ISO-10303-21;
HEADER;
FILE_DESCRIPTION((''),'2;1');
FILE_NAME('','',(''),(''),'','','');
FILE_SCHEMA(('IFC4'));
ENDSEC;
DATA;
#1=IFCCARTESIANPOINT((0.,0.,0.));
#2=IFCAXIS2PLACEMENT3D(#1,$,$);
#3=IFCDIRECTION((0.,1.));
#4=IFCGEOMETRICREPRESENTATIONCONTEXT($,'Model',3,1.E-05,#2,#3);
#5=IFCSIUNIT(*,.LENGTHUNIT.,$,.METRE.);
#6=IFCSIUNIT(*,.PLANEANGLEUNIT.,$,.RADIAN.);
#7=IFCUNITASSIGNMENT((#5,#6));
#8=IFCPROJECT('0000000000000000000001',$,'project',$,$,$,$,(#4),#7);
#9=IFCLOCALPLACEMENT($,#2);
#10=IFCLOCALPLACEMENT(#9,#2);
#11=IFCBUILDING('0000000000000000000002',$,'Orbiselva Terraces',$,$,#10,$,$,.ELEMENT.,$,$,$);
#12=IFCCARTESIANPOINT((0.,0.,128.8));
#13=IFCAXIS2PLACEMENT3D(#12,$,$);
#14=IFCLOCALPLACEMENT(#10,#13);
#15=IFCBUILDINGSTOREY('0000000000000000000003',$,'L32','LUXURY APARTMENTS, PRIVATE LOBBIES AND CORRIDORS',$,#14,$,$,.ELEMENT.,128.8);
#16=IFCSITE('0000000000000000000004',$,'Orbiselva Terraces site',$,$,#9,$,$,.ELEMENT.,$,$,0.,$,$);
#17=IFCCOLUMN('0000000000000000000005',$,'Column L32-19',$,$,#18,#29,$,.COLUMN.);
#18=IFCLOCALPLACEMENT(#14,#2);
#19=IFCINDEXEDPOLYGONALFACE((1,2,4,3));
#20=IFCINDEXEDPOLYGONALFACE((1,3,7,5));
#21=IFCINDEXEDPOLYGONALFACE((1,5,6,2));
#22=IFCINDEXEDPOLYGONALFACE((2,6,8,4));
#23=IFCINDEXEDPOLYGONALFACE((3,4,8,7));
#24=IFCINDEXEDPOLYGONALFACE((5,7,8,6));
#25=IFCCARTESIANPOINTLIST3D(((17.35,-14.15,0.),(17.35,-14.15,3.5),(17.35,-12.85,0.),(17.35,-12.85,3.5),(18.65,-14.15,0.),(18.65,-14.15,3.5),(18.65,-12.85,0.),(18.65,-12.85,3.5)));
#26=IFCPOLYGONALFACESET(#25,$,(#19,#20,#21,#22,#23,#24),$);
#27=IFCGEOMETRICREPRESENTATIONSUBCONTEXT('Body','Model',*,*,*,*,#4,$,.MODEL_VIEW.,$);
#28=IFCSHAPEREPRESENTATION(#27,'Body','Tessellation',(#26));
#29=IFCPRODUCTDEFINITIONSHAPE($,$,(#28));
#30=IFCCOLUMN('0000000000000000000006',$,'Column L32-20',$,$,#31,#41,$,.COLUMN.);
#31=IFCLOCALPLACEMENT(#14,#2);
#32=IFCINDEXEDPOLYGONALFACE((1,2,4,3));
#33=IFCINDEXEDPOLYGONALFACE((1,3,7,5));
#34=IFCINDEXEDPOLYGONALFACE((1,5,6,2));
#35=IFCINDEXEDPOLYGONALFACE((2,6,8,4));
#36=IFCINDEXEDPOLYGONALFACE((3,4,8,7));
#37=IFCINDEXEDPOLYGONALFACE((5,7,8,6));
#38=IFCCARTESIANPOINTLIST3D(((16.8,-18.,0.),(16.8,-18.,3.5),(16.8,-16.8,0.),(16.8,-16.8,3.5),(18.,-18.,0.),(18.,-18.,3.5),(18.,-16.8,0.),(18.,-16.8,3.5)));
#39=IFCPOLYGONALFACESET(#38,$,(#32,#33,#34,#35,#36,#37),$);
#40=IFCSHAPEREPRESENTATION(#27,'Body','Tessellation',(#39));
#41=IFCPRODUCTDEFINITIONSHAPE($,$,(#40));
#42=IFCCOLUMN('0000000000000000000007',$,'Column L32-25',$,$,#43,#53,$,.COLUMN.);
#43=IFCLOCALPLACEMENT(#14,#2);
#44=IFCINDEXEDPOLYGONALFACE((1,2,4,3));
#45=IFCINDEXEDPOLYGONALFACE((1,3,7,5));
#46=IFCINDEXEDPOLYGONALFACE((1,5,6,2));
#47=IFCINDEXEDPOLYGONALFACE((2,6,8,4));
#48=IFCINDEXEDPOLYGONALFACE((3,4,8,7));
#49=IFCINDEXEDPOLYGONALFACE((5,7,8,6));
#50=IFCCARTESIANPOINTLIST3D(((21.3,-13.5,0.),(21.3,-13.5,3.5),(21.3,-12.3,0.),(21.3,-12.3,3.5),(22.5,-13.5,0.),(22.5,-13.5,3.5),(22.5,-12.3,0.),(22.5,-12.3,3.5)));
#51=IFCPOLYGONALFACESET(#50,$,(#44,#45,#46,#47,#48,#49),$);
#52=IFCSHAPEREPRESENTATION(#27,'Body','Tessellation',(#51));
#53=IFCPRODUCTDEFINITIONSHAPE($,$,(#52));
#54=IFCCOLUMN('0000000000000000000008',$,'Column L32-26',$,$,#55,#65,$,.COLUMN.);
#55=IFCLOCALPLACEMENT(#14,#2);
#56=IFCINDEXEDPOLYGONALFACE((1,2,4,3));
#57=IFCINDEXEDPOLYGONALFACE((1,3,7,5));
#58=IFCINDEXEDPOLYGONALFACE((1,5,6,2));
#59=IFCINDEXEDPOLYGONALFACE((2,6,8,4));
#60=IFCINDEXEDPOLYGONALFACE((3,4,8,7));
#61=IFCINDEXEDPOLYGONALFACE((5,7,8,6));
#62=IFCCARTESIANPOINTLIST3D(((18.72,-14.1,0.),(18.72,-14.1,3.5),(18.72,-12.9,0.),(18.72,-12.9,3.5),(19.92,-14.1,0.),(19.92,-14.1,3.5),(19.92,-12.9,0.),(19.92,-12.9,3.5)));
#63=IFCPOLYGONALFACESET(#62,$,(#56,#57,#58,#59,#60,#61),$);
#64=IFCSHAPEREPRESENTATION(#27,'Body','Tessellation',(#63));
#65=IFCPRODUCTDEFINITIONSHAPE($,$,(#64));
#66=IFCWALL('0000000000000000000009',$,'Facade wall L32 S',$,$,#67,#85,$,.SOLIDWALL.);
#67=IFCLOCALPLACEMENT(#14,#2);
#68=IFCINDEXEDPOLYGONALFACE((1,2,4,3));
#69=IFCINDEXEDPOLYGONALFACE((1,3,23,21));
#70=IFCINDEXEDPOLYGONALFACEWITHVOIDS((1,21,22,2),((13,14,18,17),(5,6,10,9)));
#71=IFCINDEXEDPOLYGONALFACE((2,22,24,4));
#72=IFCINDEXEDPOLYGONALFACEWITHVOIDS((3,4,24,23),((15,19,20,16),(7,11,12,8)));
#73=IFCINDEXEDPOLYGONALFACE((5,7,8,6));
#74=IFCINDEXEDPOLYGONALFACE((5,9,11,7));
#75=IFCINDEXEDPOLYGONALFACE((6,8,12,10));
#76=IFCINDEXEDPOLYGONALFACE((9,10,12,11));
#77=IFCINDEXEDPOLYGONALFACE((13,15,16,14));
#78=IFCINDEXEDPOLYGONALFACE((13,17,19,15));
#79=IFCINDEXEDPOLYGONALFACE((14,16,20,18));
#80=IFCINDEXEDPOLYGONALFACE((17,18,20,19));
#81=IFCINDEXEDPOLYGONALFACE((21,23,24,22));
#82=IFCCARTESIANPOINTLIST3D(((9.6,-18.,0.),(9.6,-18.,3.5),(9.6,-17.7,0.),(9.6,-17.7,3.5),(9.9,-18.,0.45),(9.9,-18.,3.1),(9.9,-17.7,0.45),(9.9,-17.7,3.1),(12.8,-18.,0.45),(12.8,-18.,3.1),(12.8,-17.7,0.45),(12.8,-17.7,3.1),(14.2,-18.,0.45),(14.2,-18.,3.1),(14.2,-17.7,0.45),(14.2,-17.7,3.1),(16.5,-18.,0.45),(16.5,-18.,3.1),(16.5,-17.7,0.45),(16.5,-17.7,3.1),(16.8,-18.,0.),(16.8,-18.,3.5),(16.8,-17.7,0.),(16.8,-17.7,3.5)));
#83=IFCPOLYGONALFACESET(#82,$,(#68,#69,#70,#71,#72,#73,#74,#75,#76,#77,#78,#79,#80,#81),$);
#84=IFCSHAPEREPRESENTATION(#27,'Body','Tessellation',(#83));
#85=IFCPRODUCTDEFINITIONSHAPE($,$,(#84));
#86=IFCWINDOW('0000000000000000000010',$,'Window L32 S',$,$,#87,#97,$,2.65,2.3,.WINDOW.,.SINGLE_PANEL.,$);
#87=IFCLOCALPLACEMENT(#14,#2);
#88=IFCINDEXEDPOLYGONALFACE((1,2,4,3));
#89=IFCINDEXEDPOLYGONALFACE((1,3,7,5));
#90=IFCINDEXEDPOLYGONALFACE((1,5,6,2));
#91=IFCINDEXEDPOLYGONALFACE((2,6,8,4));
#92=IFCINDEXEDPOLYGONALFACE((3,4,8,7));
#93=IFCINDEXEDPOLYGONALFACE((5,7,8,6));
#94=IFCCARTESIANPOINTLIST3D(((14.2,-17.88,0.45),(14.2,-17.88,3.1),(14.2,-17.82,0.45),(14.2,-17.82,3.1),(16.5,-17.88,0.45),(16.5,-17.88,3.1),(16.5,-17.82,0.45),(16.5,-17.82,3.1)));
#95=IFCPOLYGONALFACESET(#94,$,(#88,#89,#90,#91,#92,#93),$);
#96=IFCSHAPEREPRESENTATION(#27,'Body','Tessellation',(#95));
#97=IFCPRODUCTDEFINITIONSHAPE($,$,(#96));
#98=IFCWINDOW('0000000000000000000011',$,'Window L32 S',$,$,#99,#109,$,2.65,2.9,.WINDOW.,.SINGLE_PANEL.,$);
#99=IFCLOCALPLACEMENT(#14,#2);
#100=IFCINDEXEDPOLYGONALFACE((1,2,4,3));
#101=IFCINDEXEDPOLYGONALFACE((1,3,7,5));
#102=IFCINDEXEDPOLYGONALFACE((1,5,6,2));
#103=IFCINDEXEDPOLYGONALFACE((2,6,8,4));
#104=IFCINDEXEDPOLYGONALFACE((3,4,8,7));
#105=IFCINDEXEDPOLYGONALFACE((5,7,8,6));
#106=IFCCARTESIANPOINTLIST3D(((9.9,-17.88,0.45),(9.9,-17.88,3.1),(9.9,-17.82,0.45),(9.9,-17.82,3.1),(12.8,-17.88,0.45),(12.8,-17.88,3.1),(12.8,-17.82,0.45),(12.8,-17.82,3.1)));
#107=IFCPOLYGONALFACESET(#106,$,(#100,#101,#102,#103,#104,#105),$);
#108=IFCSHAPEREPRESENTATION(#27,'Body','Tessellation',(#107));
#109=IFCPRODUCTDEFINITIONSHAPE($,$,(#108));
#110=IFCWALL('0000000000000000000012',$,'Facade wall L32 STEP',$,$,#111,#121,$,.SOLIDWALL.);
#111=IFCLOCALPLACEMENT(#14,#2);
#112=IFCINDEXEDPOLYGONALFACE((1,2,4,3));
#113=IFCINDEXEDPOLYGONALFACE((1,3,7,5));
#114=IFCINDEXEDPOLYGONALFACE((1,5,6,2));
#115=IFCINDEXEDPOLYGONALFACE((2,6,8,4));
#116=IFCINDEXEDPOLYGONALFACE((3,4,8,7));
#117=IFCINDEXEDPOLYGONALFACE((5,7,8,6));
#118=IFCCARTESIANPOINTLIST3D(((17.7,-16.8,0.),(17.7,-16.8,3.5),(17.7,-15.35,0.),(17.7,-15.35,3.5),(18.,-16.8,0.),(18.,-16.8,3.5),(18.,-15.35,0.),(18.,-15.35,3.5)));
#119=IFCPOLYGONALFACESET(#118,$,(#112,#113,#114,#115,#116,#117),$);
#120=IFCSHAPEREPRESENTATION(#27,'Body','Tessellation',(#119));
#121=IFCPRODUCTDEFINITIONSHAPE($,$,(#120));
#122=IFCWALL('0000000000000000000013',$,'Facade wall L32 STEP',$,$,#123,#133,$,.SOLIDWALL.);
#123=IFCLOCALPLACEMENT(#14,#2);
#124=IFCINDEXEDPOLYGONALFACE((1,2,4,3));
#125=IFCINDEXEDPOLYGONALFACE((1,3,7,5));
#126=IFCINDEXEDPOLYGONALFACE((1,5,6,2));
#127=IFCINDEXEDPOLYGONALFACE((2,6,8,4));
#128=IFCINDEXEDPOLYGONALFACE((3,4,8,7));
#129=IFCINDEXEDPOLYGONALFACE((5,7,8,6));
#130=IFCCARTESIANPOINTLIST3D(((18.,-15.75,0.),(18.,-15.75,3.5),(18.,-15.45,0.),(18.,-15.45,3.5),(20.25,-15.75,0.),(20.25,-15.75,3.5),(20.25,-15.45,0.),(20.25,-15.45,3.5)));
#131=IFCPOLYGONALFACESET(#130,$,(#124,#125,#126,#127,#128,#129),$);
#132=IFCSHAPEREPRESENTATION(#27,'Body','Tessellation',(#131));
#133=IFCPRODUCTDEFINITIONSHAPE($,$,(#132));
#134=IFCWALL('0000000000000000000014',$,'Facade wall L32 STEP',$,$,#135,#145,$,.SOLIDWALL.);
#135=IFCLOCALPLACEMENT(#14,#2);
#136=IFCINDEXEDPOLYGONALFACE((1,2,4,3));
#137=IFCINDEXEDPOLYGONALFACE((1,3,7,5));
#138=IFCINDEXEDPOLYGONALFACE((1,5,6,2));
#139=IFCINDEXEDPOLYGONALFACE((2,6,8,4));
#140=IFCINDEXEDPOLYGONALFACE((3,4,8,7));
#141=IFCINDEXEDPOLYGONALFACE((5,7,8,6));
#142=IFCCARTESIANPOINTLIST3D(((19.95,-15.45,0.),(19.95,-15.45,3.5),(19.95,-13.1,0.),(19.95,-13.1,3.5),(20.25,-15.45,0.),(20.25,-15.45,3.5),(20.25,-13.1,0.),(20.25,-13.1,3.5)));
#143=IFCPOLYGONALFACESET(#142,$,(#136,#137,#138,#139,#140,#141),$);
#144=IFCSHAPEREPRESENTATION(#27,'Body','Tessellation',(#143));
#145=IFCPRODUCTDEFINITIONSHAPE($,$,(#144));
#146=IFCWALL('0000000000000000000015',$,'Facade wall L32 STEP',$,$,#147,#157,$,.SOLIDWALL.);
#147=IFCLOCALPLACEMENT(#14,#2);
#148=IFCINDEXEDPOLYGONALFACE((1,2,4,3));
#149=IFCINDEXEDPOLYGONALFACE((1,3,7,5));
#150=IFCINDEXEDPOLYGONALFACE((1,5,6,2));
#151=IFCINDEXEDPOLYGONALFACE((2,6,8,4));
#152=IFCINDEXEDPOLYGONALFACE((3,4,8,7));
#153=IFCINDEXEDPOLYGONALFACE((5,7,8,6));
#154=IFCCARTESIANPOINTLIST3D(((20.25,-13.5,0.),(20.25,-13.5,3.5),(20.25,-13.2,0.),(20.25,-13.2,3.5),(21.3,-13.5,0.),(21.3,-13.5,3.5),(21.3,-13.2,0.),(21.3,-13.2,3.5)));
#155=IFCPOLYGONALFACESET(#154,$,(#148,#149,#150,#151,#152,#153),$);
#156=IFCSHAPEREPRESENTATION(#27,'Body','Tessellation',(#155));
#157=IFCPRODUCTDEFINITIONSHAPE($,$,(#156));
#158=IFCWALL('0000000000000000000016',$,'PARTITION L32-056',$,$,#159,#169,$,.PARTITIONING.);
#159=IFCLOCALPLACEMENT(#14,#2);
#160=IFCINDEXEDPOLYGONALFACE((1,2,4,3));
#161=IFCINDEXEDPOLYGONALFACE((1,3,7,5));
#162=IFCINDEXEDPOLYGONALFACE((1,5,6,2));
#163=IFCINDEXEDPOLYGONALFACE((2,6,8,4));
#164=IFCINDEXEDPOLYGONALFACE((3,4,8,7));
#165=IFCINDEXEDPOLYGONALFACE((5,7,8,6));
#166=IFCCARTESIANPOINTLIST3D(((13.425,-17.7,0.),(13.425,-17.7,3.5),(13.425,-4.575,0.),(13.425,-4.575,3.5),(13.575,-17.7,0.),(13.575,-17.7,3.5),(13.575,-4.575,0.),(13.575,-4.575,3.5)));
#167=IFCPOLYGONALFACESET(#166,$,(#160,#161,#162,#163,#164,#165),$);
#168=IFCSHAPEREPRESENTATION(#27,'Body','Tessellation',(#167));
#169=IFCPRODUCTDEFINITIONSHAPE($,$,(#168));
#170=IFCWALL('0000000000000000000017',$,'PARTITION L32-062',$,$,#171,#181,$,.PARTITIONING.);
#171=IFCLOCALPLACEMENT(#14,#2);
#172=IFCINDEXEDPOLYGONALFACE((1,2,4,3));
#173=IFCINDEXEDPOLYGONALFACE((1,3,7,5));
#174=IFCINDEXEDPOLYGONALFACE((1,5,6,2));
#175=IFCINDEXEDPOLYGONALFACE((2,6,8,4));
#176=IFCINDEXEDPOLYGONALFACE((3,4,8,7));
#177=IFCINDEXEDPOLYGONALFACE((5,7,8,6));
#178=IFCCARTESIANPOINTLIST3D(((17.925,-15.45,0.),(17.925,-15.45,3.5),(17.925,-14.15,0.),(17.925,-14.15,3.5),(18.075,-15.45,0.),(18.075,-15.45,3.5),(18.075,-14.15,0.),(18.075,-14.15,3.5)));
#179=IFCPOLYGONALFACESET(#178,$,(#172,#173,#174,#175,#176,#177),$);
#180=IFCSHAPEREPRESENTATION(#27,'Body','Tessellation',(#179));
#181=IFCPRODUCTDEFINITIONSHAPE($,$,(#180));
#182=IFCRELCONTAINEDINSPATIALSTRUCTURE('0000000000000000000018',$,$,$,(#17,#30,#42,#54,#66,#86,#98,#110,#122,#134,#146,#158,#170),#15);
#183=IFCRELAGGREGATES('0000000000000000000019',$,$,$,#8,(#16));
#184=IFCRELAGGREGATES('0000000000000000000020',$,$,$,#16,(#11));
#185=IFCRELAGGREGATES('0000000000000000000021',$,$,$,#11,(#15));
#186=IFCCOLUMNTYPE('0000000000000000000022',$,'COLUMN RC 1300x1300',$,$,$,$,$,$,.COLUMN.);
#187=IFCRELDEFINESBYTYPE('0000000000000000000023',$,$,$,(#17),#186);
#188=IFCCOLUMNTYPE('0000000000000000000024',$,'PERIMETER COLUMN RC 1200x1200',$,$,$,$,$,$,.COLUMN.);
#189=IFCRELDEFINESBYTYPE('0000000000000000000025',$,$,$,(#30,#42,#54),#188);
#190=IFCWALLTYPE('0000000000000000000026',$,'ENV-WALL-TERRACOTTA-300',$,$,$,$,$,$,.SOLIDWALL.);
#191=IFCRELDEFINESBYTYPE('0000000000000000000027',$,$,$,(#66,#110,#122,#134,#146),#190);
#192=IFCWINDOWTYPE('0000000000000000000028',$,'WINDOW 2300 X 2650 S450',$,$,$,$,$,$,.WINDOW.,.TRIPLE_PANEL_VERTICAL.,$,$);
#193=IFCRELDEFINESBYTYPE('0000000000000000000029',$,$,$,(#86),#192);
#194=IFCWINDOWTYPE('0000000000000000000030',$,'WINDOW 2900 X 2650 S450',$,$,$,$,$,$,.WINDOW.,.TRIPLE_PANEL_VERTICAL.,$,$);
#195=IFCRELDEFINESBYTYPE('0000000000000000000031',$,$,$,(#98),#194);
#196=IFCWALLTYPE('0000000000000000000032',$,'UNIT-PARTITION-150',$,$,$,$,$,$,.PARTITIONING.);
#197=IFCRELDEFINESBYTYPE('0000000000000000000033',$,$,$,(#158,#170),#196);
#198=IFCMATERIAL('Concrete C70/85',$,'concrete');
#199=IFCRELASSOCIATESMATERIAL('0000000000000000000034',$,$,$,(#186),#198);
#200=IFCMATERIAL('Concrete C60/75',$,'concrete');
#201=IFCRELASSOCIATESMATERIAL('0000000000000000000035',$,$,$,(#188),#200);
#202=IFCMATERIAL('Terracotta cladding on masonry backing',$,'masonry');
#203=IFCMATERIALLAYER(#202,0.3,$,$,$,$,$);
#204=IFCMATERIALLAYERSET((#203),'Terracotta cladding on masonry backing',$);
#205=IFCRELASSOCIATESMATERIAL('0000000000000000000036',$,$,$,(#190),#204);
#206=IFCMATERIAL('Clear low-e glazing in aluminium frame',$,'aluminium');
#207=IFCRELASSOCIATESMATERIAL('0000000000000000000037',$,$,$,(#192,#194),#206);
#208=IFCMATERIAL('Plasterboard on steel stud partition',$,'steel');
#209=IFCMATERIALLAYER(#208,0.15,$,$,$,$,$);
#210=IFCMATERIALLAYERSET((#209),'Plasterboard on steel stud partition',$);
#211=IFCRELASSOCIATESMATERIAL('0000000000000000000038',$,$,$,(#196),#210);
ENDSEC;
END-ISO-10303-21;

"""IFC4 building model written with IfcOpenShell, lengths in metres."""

from ifc_helpers import new_model, si_unit, direction, frame, frame_2d, origin, origin_2d, place, context, subcontext, project, spatial, rectangle, extrude, material, layer, layer_set, material_profile, profile_set, type_object, element, fill, save


model = new_model("IFC4")

# Units and contexts
model_context = context("Model", 3, precision=1e-05, world=origin(), true_north=direction((0.0, 1.0)))
body_context = subcontext(model_context, "Body", "Model", "MODEL_VIEW")
ifc_project = project(units=[si_unit("LENGTHUNIT", "METRE"), si_unit("PLANEANGLEUNIT", "RADIAN")], contexts=[model_context])

# Site, building, storey
site_placement = place(None, origin())
site = spatial("IfcSite", under=ifc_project, at=site_placement, Name="Orbiselva Terraces site", CompositionType="ELEMENT", RefElevation=0.0)
building_placement = place(site_placement, origin())
building = spatial("IfcBuilding", under=site, at=building_placement, Name="Orbiselva Terraces", CompositionType="ELEMENT")
storey_placement = place(building_placement, frame((0.0, 0.0, 128.8)))
storey = spatial("IfcBuildingStorey", under=building, at=storey_placement, Name="L32", Description="LUXURY APARTMENTS, PRIVATE LOBBIES AND CORRIDORS", CompositionType="ELEMENT", Elevation=128.8)

# Columns
ifc_material_1 = material(Name="Concrete C70/85", Category="concrete")
ifc_material_profile_1 = material_profile(ifc_material_1, rectangle(XDim=1.3, YDim=1.3, at=origin_2d()), Name="RC 1300x1300")
ifc_profile_set_1 = profile_set([ifc_material_profile_1], Name="Concrete C70/85")
column_type_1 = type_object("IfcColumnType", Name="COLUMN RC 1300x1300", PredefinedType="COLUMN", material=ifc_profile_set_1)
column_placement = place(storey_placement, frame((18.0, -13.5, 0.0), z_axis=(0.0, 0.0, 1.0), x_axis=(1.0, 0.0, 0.0)))
element("IfcColumn", 1, at=column_placement, inside=storey, type_object=column_type_1, Name="Column L32-19", PredefinedType="COLUMN", context=body_context, shape_type="SweptSolid", body=[
    extrude(rectangle(XDim=1.3, YDim=1.3, at=origin_2d()), origin(), (0.0, 0.0, 1.0), 3.5),
])
ifc_material_2 = material(Name="Concrete C60/75", Category="concrete")
ifc_material_profile_2 = material_profile(ifc_material_2, rectangle(XDim=1.2, YDim=1.2, at=origin_2d()), Name="RC 1200x1200")
ifc_profile_set_2 = profile_set([ifc_material_profile_2], Name="Concrete C60/75")
column_type_2 = type_object("IfcColumnType", Name="PERIMETER COLUMN RC 1200x1200", PredefinedType="COLUMN", material=ifc_profile_set_2)
for number, where, z_axis, x_axis, name in (
    (2, (17.4, -17.4, 0.0), (0.0, 0.0, 1.0), (1.0, 0.0, 0.0), "Column L32-20"),
    (3, (21.9, -12.9, 0.0), (0.0, 0.0, 1.0), (1.0, 0.0, 0.0), "Column L32-25"),
    (4, (19.32, -13.5, 0.0), (0.0, 0.0, 1.0), (1.0, 0.0, 0.0), "Column L32-26"),
):
    element("IfcColumn", number, at=place(storey_placement, frame(where, z_axis=z_axis, x_axis=x_axis)), inside=storey, type_object=column_type_2, Name=name, PredefinedType="COLUMN", context=body_context, shape_type="SweptSolid", body=[
        extrude(rectangle(XDim=1.2, YDim=1.2, at=origin_2d()), origin(), (0.0, 0.0, 1.0), 3.5),
    ])

# Wall, openings, windows
ifc_material_3 = material(Name="Terracotta cladding on masonry backing", Category="masonry")
ifc_layer_1 = layer(ifc_material_3, 0.3)
ifc_layer_set_1 = layer_set([ifc_layer_1], Name="Terracotta cladding on masonry backing")
wall_type_1 = type_object("IfcWallType", Name="ENV-WALL-TERRACOTTA-300", PredefinedType="SOLIDWALL", material=ifc_layer_set_1)
wall_1_placement = place(storey_placement, frame((16.8, -17.85, 0.0), z_axis=(0.0, 0.0, 1.0), x_axis=(-1.0, 0.0, 0.0)))
wall_1 = element("IfcWall", 5, at=wall_1_placement, inside=storey, type_object=wall_type_1, Name="Facade wall L32 S", PredefinedType="SOLIDWALL", context=body_context, shape_type="SweptSolid", body=[
    extrude(rectangle(XDim=7.2, YDim=0.3, at=frame_2d((3.6, 0.0))), origin(), (0.0, 0.0, 1.0), 3.5),
])
opening_1_placement = place(wall_1_placement, frame((4.0, 0.0, 0.45)))
opening_1 = element("IfcOpeningElement", 6, at=opening_1_placement, cuts=wall_1, PredefinedType="OPENING", context=body_context, shape_type="SweptSolid", body=[
    extrude(rectangle(XDim=2.9, YDim=2.65, at=frame_2d((1.45, 1.325))), frame((0.0, 0.16, 0.0), z_axis=(0.0, -1.0, 0.0), x_axis=(1.0, 0.0, 0.0)), (0.0, 0.0, 1.0), 0.32),
])
opening_2_placement = place(wall_1_placement, frame((0.3, 0.0, 0.45)))
opening_2 = element("IfcOpeningElement", 7, at=opening_2_placement, cuts=wall_1, PredefinedType="OPENING", context=body_context, shape_type="SweptSolid", body=[
    extrude(rectangle(XDim=2.3, YDim=2.65, at=frame_2d((1.15, 1.325))), frame((0.0, 0.16, 0.0), z_axis=(0.0, -1.0, 0.0), x_axis=(1.0, 0.0, 0.0)), (0.0, 0.0, 1.0), 0.32),
])
ifc_material_4 = material(Name="Clear low-e glazing in aluminium frame", Category="aluminium")
window_type_1 = type_object("IfcWindowType", Name="WINDOW 2300 X 2650 S450", PartitioningType="TRIPLE_PANEL_VERTICAL", PredefinedType="WINDOW", material=ifc_material_4)
window_1_placement = place(opening_2_placement, origin())
window_1 = element("IfcWindow", 8, at=window_1_placement, inside=storey, type_object=window_type_1, Name="Window L32 S", OverallHeight=2.65, OverallWidth=2.3, PartitioningType="SINGLE_PANEL", PredefinedType="WINDOW", context=body_context, shape_type="SweptSolid", body=[
    extrude(rectangle(XDim=2.3, YDim=2.65, at=frame_2d((1.15, 1.325))), frame((0.0, 0.03, 0.0), z_axis=(0.0, -1.0, 0.0), x_axis=(1.0, 0.0, 0.0)), (0.0, 0.0, 1.0), 0.06),
])
fill(opening_2, window_1)
window_type_2 = type_object("IfcWindowType", Name="WINDOW 2900 X 2650 S450", PartitioningType="TRIPLE_PANEL_VERTICAL", PredefinedType="WINDOW", material=ifc_material_4)
window_2_placement = place(opening_1_placement, origin())
window_2 = element("IfcWindow", 9, at=window_2_placement, inside=storey, type_object=window_type_2, Name="Window L32 S", OverallHeight=2.65, OverallWidth=2.9, PartitioningType="SINGLE_PANEL", PredefinedType="WINDOW", context=body_context, shape_type="SweptSolid", body=[
    extrude(rectangle(XDim=2.9, YDim=2.65, at=frame_2d((1.45, 1.325))), frame((0.0, 0.03, 0.0), z_axis=(0.0, -1.0, 0.0), x_axis=(1.0, 0.0, 0.0)), (0.0, 0.0, 1.0), 0.06),
])
fill(opening_1, window_2)

# Walls
wall_2_placement = place(storey_placement, frame((17.85, -15.35, 0.0), z_axis=(0.0, 0.0, 1.0), x_axis=(0.0, -1.0, 0.0)))
element("IfcWall", 10, at=wall_2_placement, inside=storey, type_object=wall_type_1, Name="Facade wall L32 STEP", PredefinedType="SOLIDWALL", context=body_context, shape_type="SweptSolid", body=[
    extrude(rectangle(XDim=1.45, YDim=0.3, at=frame_2d((0.725, 0.0))), origin(), (0.0, 0.0, 1.0), 3.5),
])
wall_3_placement = place(storey_placement, frame((20.25, -15.6, 0.0), z_axis=(0.0, 0.0, 1.0), x_axis=(-1.0, 0.0, 0.0)))
element("IfcWall", 11, at=wall_3_placement, inside=storey, type_object=wall_type_1, Name="Facade wall L32 STEP", PredefinedType="SOLIDWALL", context=body_context, shape_type="SweptSolid", body=[
    extrude(rectangle(XDim=2.25, YDim=0.3, at=frame_2d((1.125, 0.0))), origin(), (0.0, 0.0, 1.0), 3.5),
])
wall_4_placement = place(storey_placement, frame((20.1, -13.1, 0.0), z_axis=(0.0, 0.0, 1.0), x_axis=(0.0, -1.0, 0.0)))
element("IfcWall", 12, at=wall_4_placement, inside=storey, type_object=wall_type_1, Name="Facade wall L32 STEP", PredefinedType="SOLIDWALL", context=body_context, shape_type="SweptSolid", body=[
    extrude(rectangle(XDim=2.35, YDim=0.3, at=frame_2d((1.175, 0.0))), origin(), (0.0, 0.0, 1.0), 3.5),
])
wall_5_placement = place(storey_placement, frame((21.3, -13.35, 0.0), z_axis=(0.0, 0.0, 1.0), x_axis=(-1.0, 0.0, 0.0)))
element("IfcWall", 13, at=wall_5_placement, inside=storey, type_object=wall_type_1, Name="Facade wall L32 STEP", PredefinedType="SOLIDWALL", context=body_context, shape_type="SweptSolid", body=[
    extrude(rectangle(XDim=1.05, YDim=0.3, at=frame_2d((0.525, 0.0))), origin(), (0.0, 0.0, 1.0), 3.5),
])
ifc_material_5 = material(Name="Plasterboard on steel stud partition", Category="steel")
ifc_layer_2 = layer(ifc_material_5, 0.15)
ifc_layer_set_2 = layer_set([ifc_layer_2], Name="Plasterboard on steel stud partition")
wall_type_2 = type_object("IfcWallType", Name="UNIT-PARTITION-150", PredefinedType="PARTITIONING", material=ifc_layer_set_2)
wall_6_placement = place(storey_placement, frame((13.5, -17.7, 0.0), z_axis=(0.0, 0.0, 1.0), x_axis=(0.0, 1.0, 0.0)))
element("IfcWall", 14, at=wall_6_placement, inside=storey, type_object=wall_type_2, Name="PARTITION L32-056", PredefinedType="PARTITIONING", context=body_context, shape_type="SweptSolid", body=[
    extrude(rectangle(XDim=13.125, YDim=0.15, at=frame_2d((6.5625, 0.0))), origin(), (0.0, 0.0, 1.0), 3.5),
])
wall_7_placement = place(storey_placement, frame((18.0, -15.45, 0.0), z_axis=(0.0, 0.0, 1.0), x_axis=(0.0, 1.0, 0.0)))
element("IfcWall", 15, at=wall_7_placement, inside=storey, type_object=wall_type_2, Name="PARTITION L32-062", PredefinedType="PARTITIONING", context=body_context, shape_type="SweptSolid", body=[
    extrude(rectangle(XDim=1.3, YDim=0.15, at=frame_2d((0.65, 0.0))), origin(), (0.0, 0.0, 1.0), 3.5),
])

save(model, "model.ifc")
